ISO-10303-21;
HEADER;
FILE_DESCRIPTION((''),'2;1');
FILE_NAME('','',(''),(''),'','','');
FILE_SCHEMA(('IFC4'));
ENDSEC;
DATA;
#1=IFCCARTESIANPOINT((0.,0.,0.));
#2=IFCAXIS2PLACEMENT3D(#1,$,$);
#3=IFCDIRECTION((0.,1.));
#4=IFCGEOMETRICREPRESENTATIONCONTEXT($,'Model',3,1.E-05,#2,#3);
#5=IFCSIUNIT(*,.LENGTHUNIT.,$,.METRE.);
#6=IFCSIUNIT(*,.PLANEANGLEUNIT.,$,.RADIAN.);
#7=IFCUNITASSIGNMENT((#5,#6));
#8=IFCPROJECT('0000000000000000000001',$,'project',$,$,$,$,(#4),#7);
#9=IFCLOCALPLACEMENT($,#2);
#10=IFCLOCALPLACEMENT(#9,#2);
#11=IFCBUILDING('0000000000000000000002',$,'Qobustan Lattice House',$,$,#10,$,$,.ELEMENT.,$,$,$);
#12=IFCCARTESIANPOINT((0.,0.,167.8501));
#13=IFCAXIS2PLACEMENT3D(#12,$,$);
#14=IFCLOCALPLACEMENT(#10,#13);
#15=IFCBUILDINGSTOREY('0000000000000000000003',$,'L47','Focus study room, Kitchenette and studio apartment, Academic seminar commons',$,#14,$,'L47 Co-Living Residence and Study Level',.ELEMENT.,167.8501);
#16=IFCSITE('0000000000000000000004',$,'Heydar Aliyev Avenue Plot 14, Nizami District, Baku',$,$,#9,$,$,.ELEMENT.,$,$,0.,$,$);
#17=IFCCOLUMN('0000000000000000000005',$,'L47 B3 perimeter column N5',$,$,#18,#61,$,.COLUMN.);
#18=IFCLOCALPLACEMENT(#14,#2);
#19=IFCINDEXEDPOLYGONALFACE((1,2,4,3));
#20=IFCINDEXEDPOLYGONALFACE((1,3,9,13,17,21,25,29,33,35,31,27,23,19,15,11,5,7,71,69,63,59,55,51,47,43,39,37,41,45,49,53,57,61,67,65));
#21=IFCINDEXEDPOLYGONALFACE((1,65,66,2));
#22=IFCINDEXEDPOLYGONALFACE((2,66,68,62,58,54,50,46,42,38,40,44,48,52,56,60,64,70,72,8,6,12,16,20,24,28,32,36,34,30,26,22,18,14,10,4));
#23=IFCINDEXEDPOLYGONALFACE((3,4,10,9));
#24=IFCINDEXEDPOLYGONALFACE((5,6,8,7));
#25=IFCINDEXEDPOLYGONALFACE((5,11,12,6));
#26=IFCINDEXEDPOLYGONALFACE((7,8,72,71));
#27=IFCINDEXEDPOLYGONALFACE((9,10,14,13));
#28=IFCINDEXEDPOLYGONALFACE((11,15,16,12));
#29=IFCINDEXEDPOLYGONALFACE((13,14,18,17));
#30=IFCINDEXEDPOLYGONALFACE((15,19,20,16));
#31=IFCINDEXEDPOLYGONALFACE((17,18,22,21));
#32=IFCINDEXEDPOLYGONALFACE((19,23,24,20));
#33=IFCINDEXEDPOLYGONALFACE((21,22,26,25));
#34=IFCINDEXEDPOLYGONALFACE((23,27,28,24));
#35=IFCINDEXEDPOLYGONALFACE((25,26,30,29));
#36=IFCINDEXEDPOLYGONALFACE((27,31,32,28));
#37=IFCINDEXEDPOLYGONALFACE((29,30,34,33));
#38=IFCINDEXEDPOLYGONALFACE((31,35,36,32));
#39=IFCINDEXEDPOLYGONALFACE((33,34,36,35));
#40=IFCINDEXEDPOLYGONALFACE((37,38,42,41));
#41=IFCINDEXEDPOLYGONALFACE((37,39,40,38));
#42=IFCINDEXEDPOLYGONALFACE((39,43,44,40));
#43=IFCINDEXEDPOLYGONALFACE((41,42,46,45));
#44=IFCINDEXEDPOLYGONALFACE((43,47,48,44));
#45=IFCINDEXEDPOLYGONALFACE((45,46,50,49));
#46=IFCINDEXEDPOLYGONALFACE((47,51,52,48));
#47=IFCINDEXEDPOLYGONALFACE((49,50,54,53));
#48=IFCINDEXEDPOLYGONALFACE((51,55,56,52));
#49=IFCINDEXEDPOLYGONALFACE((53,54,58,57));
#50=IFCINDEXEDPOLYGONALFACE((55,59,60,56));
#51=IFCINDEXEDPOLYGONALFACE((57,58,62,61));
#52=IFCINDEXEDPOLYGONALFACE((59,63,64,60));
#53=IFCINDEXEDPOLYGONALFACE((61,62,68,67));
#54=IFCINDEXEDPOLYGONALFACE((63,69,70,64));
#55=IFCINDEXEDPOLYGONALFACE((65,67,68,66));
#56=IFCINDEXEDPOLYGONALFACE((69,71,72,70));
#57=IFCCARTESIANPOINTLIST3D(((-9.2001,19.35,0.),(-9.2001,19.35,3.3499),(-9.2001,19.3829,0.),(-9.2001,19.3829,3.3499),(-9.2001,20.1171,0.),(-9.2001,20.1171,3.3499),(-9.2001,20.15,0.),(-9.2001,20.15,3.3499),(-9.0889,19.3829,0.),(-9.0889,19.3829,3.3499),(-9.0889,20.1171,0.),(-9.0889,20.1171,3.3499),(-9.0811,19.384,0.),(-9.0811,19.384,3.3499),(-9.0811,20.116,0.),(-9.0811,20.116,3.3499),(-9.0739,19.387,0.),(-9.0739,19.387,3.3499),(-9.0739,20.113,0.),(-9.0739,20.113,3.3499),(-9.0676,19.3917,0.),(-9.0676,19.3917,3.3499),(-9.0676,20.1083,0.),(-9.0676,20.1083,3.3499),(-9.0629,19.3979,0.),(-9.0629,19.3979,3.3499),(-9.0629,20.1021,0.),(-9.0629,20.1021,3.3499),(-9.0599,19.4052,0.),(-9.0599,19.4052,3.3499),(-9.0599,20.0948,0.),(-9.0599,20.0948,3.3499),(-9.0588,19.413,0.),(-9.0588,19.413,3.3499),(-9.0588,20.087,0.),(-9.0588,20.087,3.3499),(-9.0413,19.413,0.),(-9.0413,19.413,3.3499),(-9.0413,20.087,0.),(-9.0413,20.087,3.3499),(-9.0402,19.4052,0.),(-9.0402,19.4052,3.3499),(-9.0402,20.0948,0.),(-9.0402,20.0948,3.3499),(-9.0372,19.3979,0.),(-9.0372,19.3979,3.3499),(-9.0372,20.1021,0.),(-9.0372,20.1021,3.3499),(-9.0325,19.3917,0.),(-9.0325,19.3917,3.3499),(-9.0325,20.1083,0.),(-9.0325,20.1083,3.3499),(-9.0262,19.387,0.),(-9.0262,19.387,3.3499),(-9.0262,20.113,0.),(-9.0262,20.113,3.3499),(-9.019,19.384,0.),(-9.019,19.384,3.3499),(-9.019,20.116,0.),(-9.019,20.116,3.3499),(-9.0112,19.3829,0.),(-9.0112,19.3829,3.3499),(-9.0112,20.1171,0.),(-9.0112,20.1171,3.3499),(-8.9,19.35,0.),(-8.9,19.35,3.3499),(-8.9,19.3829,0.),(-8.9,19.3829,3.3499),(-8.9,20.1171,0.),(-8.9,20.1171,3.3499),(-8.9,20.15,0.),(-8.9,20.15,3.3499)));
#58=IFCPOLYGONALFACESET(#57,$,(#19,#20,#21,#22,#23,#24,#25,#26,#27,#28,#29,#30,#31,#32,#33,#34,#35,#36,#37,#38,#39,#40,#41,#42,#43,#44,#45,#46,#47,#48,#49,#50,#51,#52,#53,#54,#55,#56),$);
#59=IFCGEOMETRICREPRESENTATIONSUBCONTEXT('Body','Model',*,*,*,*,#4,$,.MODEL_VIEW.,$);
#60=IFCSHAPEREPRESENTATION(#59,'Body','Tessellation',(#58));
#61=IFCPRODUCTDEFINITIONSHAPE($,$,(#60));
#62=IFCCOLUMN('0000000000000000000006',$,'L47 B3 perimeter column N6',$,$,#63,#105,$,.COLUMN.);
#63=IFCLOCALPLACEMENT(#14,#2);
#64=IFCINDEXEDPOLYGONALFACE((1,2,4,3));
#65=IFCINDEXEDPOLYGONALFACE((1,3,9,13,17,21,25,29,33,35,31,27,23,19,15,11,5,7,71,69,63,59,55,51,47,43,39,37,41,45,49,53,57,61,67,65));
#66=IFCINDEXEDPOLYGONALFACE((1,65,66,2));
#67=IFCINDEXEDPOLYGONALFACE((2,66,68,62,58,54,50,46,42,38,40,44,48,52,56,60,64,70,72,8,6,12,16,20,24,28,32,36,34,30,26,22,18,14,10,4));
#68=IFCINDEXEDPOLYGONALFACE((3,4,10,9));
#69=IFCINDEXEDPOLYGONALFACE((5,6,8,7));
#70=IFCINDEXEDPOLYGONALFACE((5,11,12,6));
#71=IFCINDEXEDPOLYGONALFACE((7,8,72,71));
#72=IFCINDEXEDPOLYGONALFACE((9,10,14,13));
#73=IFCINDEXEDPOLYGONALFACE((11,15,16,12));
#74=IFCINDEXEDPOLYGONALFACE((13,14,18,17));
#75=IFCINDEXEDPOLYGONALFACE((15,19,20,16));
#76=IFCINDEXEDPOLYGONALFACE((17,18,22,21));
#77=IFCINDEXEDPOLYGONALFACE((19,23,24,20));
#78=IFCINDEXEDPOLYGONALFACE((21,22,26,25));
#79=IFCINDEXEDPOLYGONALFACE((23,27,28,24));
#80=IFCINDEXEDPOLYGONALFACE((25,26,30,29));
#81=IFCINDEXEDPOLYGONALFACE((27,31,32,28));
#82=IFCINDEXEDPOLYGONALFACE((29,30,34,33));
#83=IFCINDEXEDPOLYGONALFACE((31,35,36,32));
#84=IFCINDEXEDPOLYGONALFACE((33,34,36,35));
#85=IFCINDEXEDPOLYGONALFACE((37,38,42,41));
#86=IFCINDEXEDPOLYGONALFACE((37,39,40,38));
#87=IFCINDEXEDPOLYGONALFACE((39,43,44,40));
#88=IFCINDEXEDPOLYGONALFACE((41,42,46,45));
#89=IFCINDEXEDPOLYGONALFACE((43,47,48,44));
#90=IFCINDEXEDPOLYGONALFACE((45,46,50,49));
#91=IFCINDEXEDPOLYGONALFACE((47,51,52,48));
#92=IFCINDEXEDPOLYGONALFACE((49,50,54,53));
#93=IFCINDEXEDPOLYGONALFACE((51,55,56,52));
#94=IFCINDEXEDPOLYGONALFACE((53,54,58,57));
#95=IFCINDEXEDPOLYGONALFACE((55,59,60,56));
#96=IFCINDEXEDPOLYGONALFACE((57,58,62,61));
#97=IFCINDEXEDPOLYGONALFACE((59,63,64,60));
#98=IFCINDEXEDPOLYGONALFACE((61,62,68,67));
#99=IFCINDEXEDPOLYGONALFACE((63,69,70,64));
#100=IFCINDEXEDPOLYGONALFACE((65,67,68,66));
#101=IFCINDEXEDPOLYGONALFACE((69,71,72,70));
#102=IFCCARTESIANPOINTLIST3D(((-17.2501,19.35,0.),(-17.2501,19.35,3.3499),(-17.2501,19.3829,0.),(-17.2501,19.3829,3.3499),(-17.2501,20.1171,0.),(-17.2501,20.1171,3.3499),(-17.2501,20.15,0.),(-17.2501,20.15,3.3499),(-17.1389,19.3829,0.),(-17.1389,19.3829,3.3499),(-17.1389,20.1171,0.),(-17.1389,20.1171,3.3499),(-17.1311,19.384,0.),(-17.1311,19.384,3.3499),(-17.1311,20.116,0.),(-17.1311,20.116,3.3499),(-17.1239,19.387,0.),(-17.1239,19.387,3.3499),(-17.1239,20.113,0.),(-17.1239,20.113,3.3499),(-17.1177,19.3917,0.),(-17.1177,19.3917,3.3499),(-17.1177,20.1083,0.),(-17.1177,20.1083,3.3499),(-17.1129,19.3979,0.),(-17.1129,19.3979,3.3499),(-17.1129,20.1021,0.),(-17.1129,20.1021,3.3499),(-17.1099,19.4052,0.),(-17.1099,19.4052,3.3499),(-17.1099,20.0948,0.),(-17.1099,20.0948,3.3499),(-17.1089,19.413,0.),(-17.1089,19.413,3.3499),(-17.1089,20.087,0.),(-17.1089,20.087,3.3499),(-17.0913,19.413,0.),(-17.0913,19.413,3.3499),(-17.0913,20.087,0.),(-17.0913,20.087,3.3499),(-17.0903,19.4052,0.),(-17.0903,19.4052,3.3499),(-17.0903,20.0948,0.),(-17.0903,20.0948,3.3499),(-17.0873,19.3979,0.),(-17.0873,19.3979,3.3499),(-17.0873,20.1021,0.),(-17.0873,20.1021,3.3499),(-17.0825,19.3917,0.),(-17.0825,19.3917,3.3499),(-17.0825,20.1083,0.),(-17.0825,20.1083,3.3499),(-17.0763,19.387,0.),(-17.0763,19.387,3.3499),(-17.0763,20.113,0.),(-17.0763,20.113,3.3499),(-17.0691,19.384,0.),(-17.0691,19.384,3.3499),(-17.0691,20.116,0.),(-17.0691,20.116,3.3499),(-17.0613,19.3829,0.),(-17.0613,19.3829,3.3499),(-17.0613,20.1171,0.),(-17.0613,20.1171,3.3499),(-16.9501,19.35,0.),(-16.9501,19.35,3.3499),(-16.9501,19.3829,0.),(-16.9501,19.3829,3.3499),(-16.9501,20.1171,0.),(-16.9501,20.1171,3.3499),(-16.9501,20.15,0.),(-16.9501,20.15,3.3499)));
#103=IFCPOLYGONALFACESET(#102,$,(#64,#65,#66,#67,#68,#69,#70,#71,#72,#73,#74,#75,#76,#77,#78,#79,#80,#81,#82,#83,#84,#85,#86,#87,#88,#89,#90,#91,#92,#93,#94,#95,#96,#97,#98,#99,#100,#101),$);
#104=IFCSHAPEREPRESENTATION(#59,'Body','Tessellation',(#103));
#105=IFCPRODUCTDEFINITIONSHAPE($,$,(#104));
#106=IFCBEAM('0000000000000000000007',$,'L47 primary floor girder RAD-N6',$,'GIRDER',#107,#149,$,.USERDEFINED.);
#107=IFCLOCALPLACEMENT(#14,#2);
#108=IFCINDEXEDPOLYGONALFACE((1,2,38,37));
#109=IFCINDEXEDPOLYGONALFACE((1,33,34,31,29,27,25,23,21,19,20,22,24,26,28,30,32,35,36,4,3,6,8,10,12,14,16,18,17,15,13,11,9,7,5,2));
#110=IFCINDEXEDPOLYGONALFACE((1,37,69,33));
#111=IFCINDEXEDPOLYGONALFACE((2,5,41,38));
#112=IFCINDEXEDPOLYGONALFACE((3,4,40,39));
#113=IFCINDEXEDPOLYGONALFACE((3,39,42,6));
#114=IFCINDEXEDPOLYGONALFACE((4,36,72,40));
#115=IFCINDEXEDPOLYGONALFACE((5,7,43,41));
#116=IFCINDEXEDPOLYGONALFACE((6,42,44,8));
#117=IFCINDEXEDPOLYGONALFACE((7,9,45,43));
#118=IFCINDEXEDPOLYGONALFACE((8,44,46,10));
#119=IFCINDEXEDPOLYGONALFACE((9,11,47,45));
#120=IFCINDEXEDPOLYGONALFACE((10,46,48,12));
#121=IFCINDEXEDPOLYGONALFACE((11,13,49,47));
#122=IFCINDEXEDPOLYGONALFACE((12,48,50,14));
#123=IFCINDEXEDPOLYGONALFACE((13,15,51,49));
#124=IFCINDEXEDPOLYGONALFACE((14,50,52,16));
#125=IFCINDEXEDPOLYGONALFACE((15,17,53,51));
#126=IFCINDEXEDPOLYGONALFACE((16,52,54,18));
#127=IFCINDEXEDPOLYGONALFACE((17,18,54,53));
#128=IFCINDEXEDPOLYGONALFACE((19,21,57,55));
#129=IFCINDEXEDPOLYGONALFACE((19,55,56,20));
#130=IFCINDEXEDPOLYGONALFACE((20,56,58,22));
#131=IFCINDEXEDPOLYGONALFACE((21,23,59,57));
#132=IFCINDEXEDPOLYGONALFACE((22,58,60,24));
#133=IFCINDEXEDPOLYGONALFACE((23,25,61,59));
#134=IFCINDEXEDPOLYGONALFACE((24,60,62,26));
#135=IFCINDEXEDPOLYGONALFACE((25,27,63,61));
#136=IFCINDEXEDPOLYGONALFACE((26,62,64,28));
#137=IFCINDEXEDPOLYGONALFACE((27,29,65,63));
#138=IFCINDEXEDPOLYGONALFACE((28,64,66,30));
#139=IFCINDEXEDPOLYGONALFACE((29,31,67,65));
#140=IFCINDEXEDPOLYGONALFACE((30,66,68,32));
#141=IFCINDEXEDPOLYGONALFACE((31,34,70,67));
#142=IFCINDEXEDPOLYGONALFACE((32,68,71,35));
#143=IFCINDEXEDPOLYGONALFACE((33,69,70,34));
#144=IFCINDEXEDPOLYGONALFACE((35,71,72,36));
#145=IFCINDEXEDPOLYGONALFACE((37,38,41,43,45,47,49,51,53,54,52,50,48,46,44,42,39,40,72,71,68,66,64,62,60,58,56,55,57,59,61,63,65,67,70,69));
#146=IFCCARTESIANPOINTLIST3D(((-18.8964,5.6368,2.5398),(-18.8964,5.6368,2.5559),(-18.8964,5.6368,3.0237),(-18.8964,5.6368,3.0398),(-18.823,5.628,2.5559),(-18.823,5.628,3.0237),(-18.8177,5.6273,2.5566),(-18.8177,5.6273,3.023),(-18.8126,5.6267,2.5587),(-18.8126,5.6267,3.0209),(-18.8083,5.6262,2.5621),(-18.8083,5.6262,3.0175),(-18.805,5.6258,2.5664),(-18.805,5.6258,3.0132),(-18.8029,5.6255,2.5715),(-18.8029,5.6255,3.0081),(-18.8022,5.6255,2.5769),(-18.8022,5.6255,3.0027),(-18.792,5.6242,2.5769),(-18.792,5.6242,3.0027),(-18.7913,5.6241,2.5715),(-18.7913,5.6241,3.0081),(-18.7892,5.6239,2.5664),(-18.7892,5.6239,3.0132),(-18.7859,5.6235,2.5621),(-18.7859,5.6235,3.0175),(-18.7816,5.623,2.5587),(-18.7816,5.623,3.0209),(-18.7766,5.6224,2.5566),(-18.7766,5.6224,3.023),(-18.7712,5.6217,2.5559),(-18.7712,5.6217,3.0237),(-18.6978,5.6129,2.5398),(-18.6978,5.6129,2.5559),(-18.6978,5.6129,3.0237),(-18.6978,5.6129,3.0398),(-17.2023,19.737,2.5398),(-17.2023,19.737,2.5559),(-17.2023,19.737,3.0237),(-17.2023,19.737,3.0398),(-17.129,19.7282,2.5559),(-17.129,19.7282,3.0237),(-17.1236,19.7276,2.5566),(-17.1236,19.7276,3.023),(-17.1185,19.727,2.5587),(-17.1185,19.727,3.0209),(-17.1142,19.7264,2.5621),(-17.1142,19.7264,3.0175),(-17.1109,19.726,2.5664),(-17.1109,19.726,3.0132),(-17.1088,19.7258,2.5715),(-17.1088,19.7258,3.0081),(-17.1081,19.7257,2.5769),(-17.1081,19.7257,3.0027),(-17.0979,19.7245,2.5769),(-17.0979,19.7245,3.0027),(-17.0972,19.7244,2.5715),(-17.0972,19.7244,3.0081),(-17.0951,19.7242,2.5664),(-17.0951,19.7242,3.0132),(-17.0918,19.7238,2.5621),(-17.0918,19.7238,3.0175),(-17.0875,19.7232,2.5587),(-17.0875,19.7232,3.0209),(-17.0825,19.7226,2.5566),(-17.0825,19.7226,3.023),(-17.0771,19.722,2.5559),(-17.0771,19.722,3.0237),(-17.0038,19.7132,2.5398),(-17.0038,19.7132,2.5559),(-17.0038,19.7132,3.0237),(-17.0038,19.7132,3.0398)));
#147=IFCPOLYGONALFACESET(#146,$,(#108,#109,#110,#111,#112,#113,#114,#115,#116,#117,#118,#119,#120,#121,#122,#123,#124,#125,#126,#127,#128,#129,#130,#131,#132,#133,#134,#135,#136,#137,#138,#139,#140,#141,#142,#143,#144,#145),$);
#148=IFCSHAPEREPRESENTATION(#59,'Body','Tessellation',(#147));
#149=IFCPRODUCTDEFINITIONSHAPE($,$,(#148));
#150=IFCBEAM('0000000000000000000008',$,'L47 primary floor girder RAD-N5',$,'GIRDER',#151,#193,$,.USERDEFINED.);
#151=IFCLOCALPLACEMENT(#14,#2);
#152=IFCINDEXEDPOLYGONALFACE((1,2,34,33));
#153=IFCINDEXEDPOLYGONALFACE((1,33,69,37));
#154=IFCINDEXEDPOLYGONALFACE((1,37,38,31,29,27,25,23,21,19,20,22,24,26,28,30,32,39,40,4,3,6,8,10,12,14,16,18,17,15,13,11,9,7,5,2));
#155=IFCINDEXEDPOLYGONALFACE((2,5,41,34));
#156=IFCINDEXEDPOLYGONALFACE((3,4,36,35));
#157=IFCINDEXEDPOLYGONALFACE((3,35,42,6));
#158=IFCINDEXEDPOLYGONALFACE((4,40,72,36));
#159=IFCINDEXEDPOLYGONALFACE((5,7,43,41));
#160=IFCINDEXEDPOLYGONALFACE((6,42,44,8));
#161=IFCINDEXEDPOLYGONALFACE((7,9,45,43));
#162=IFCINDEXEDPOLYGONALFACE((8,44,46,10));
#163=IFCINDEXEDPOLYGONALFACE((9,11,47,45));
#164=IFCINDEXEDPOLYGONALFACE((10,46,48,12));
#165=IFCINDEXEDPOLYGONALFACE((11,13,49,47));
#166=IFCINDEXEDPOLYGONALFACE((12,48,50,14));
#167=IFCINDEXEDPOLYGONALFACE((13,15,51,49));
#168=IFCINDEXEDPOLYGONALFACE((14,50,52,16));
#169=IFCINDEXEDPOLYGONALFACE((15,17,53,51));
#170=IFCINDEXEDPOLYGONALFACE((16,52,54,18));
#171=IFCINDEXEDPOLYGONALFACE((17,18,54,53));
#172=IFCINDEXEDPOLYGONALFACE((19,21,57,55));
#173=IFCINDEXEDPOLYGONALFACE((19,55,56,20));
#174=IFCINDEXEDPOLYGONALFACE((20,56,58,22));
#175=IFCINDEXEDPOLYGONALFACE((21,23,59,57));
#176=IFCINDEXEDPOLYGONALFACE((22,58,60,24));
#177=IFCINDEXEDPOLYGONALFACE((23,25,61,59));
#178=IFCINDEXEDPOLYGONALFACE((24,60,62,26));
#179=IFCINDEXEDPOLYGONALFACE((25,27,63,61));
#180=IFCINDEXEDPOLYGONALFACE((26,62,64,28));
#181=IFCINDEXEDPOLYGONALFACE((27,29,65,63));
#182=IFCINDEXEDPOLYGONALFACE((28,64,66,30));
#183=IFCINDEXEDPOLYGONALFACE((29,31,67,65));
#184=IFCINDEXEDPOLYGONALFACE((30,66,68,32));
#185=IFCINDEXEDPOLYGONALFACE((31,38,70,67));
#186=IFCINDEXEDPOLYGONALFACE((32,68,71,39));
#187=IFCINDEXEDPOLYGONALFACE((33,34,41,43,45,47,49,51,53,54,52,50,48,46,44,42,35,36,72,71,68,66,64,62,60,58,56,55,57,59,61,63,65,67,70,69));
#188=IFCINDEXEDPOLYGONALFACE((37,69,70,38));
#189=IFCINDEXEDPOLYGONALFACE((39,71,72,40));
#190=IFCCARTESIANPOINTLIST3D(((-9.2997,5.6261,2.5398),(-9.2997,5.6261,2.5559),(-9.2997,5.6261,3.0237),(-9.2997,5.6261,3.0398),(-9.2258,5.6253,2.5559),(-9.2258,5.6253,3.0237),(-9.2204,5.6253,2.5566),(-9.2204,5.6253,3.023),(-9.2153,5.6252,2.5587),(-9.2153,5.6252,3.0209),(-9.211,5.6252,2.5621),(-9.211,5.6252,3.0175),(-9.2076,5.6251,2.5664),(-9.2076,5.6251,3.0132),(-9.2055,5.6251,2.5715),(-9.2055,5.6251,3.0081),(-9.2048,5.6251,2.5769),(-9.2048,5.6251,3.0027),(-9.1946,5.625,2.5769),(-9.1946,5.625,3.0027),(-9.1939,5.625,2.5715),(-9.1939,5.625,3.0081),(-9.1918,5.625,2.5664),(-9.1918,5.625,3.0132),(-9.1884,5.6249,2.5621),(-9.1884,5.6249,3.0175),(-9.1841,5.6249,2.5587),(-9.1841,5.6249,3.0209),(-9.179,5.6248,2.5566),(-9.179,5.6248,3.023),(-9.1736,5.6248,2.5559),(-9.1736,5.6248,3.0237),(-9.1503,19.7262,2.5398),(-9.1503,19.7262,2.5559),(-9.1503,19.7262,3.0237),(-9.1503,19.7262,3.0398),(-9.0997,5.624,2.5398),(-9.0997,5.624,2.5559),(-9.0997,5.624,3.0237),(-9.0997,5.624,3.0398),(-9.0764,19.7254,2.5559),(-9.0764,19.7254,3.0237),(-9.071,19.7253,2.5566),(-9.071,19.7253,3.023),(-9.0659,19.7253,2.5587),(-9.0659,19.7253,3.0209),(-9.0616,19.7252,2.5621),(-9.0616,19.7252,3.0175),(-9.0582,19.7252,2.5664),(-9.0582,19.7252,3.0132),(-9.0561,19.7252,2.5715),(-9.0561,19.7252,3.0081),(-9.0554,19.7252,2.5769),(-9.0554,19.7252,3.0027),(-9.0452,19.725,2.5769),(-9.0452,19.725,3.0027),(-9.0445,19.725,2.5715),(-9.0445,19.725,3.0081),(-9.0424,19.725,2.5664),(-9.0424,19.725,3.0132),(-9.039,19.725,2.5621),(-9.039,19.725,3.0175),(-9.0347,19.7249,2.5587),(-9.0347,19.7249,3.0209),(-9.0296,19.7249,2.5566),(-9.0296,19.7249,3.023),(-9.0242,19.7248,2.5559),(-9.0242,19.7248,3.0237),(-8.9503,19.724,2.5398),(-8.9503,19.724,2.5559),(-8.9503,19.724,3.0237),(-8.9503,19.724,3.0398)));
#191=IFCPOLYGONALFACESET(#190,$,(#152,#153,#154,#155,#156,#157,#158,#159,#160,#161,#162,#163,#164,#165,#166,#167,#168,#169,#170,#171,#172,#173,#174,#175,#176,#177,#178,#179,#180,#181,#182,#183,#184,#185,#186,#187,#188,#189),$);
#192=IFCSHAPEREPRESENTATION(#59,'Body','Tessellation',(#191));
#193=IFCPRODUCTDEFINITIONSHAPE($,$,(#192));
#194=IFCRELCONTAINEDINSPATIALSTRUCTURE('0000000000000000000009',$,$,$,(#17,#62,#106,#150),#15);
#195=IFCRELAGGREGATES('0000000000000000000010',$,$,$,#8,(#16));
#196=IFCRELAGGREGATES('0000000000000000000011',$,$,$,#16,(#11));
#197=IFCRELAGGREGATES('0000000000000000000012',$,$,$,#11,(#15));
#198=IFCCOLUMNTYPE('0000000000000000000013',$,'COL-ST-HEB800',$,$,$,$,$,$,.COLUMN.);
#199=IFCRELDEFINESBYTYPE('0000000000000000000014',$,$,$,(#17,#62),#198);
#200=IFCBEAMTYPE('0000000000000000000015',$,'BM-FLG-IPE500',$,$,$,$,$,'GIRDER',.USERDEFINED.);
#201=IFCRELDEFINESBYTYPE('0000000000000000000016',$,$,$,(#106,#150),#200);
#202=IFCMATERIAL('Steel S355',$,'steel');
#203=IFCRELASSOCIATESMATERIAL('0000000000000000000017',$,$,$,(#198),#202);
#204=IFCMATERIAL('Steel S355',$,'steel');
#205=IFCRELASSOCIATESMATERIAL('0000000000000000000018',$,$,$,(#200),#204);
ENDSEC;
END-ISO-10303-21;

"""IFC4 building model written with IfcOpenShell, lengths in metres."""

from ifc_helpers import new_model, si_unit, direction, frame, origin, origin_2d, place, context, subcontext, project, spatial, i_section, extrude, material, material_profile, profile_set, type_object, element, save


model = new_model("IFC4")

# Units and contexts
model_context = context("Model", 3, precision=1e-05, world=origin(), true_north=direction((0.0, 1.0)))
body_context = subcontext(model_context, "Body", "Model", "MODEL_VIEW")
ifc_project = project(units=[si_unit("LENGTHUNIT", "METRE"), si_unit("PLANEANGLEUNIT", "RADIAN")], contexts=[model_context])

# Site, building, storey
site_placement = place(None, origin())
site = spatial("IfcSite", under=ifc_project, at=site_placement, Name="Heydar Aliyev Avenue Plot 14, Nizami District, Baku", CompositionType="ELEMENT", RefElevation=0.0)
building_placement = place(site_placement, origin())
building = spatial("IfcBuilding", under=site, at=building_placement, Name="Qobustan Lattice House", CompositionType="ELEMENT")
storey_placement = place(building_placement, frame((0.0, 0.0, 167.8501)))
storey = spatial("IfcBuildingStorey", under=building, at=storey_placement, Name="L47", Description="Focus study room, Kitchenette and studio apartment, Academic seminar commons", LongName="L47 Co-Living Residence and Study Level", CompositionType="ELEMENT", Elevation=167.8501)

# Columns
ifc_material_1 = material(Name="Steel S355", Category="steel")
ifc_material_profile_1 = material_profile(ifc_material_1, i_section(OverallWidth=0.3, OverallDepth=0.8, WebThickness=0.0176, FlangeThickness=0.033, FilletRadius=0.03, at=origin_2d()), Name="HEB800")
ifc_profile_set_1 = profile_set([ifc_material_profile_1], Name="Steel S355")
column_type = type_object("IfcColumnType", Name="COL-ST-HEB800", PredefinedType="COLUMN", material=ifc_profile_set_1)
for number, where, z_axis, x_axis, name in (
    (1, (-9.05, 19.75, 0.0), (0.0, 0.0, 1.0), (1.0, 0.0, 0.0), "L47 B3 perimeter column N5"),
    (2, (-17.1001, 19.75, 0.0), (0.0, 0.0, 1.0), (1.0, 0.0, 0.0), "L47 B3 perimeter column N6"),
):
    element("IfcColumn", number, at=place(storey_placement, frame(where, z_axis=z_axis, x_axis=x_axis)), inside=storey, type_object=column_type, Name=name, PredefinedType="COLUMN", context=body_context, shape_type="SweptSolid", body=[
        extrude(i_section(OverallWidth=0.3, OverallDepth=0.8, WebThickness=0.0176, FlangeThickness=0.033, FilletRadius=0.03, at=origin_2d()), origin(), (0.0, 0.0, 1.0), 3.3499),
    ])

# Beams
ifc_material_2 = material(Name="Steel S355", Category="steel")
ifc_material_profile_2 = material_profile(ifc_material_2, i_section(OverallWidth=0.2, OverallDepth=0.5, WebThickness=0.0103, FlangeThickness=0.0161, FilletRadius=0.021, at=origin_2d()), Name="IPE500")
ifc_profile_set_2 = profile_set([ifc_material_profile_2], Name="Steel S355")
beam_type_1 = type_object("IfcBeamType", Name="BM-FLG-IPE500", ElementType="GIRDER", PredefinedType="USERDEFINED", material=ifc_profile_set_2)
beam_1_placement = place(storey_placement, frame((-17.103, 19.7251, 2.7898), z_axis=(-0.119288, -0.99286, 0.0), x_axis=(0.99286, -0.119288, 0.0)))
element("IfcBeam", 3, at=beam_1_placement, inside=storey, type_object=beam_type_1, Name="L47 primary floor girder RAD-N6", ObjectType="GIRDER", PredefinedType="USERDEFINED", context=body_context, shape_type="SweptSolid", body=[
    extrude(i_section(OverallWidth=0.2, OverallDepth=0.5, WebThickness=0.0103, FlangeThickness=0.0161, FilletRadius=0.021, at=origin_2d()), origin(), (0.0, 0.0, 1.0), 14.2017),
])
beam_2_placement = place(storey_placement, frame((-9.0503, 19.7251, 2.7898), z_axis=(-0.010596, -0.999944, 0.0), x_axis=(0.999944, -0.010596, 0.0)))
element("IfcBeam", 4, at=beam_2_placement, inside=storey, type_object=beam_type_1, Name="L47 primary floor girder RAD-N5", ObjectType="GIRDER", PredefinedType="USERDEFINED", context=body_context, shape_type="SweptSolid", body=[
    extrude(i_section(OverallWidth=0.2, OverallDepth=0.5, WebThickness=0.0103, FlangeThickness=0.0161, FilletRadius=0.021, at=origin_2d()), origin(), (0.0, 0.0, 1.0), 14.1008),
])

save(model, "model.ifc")
